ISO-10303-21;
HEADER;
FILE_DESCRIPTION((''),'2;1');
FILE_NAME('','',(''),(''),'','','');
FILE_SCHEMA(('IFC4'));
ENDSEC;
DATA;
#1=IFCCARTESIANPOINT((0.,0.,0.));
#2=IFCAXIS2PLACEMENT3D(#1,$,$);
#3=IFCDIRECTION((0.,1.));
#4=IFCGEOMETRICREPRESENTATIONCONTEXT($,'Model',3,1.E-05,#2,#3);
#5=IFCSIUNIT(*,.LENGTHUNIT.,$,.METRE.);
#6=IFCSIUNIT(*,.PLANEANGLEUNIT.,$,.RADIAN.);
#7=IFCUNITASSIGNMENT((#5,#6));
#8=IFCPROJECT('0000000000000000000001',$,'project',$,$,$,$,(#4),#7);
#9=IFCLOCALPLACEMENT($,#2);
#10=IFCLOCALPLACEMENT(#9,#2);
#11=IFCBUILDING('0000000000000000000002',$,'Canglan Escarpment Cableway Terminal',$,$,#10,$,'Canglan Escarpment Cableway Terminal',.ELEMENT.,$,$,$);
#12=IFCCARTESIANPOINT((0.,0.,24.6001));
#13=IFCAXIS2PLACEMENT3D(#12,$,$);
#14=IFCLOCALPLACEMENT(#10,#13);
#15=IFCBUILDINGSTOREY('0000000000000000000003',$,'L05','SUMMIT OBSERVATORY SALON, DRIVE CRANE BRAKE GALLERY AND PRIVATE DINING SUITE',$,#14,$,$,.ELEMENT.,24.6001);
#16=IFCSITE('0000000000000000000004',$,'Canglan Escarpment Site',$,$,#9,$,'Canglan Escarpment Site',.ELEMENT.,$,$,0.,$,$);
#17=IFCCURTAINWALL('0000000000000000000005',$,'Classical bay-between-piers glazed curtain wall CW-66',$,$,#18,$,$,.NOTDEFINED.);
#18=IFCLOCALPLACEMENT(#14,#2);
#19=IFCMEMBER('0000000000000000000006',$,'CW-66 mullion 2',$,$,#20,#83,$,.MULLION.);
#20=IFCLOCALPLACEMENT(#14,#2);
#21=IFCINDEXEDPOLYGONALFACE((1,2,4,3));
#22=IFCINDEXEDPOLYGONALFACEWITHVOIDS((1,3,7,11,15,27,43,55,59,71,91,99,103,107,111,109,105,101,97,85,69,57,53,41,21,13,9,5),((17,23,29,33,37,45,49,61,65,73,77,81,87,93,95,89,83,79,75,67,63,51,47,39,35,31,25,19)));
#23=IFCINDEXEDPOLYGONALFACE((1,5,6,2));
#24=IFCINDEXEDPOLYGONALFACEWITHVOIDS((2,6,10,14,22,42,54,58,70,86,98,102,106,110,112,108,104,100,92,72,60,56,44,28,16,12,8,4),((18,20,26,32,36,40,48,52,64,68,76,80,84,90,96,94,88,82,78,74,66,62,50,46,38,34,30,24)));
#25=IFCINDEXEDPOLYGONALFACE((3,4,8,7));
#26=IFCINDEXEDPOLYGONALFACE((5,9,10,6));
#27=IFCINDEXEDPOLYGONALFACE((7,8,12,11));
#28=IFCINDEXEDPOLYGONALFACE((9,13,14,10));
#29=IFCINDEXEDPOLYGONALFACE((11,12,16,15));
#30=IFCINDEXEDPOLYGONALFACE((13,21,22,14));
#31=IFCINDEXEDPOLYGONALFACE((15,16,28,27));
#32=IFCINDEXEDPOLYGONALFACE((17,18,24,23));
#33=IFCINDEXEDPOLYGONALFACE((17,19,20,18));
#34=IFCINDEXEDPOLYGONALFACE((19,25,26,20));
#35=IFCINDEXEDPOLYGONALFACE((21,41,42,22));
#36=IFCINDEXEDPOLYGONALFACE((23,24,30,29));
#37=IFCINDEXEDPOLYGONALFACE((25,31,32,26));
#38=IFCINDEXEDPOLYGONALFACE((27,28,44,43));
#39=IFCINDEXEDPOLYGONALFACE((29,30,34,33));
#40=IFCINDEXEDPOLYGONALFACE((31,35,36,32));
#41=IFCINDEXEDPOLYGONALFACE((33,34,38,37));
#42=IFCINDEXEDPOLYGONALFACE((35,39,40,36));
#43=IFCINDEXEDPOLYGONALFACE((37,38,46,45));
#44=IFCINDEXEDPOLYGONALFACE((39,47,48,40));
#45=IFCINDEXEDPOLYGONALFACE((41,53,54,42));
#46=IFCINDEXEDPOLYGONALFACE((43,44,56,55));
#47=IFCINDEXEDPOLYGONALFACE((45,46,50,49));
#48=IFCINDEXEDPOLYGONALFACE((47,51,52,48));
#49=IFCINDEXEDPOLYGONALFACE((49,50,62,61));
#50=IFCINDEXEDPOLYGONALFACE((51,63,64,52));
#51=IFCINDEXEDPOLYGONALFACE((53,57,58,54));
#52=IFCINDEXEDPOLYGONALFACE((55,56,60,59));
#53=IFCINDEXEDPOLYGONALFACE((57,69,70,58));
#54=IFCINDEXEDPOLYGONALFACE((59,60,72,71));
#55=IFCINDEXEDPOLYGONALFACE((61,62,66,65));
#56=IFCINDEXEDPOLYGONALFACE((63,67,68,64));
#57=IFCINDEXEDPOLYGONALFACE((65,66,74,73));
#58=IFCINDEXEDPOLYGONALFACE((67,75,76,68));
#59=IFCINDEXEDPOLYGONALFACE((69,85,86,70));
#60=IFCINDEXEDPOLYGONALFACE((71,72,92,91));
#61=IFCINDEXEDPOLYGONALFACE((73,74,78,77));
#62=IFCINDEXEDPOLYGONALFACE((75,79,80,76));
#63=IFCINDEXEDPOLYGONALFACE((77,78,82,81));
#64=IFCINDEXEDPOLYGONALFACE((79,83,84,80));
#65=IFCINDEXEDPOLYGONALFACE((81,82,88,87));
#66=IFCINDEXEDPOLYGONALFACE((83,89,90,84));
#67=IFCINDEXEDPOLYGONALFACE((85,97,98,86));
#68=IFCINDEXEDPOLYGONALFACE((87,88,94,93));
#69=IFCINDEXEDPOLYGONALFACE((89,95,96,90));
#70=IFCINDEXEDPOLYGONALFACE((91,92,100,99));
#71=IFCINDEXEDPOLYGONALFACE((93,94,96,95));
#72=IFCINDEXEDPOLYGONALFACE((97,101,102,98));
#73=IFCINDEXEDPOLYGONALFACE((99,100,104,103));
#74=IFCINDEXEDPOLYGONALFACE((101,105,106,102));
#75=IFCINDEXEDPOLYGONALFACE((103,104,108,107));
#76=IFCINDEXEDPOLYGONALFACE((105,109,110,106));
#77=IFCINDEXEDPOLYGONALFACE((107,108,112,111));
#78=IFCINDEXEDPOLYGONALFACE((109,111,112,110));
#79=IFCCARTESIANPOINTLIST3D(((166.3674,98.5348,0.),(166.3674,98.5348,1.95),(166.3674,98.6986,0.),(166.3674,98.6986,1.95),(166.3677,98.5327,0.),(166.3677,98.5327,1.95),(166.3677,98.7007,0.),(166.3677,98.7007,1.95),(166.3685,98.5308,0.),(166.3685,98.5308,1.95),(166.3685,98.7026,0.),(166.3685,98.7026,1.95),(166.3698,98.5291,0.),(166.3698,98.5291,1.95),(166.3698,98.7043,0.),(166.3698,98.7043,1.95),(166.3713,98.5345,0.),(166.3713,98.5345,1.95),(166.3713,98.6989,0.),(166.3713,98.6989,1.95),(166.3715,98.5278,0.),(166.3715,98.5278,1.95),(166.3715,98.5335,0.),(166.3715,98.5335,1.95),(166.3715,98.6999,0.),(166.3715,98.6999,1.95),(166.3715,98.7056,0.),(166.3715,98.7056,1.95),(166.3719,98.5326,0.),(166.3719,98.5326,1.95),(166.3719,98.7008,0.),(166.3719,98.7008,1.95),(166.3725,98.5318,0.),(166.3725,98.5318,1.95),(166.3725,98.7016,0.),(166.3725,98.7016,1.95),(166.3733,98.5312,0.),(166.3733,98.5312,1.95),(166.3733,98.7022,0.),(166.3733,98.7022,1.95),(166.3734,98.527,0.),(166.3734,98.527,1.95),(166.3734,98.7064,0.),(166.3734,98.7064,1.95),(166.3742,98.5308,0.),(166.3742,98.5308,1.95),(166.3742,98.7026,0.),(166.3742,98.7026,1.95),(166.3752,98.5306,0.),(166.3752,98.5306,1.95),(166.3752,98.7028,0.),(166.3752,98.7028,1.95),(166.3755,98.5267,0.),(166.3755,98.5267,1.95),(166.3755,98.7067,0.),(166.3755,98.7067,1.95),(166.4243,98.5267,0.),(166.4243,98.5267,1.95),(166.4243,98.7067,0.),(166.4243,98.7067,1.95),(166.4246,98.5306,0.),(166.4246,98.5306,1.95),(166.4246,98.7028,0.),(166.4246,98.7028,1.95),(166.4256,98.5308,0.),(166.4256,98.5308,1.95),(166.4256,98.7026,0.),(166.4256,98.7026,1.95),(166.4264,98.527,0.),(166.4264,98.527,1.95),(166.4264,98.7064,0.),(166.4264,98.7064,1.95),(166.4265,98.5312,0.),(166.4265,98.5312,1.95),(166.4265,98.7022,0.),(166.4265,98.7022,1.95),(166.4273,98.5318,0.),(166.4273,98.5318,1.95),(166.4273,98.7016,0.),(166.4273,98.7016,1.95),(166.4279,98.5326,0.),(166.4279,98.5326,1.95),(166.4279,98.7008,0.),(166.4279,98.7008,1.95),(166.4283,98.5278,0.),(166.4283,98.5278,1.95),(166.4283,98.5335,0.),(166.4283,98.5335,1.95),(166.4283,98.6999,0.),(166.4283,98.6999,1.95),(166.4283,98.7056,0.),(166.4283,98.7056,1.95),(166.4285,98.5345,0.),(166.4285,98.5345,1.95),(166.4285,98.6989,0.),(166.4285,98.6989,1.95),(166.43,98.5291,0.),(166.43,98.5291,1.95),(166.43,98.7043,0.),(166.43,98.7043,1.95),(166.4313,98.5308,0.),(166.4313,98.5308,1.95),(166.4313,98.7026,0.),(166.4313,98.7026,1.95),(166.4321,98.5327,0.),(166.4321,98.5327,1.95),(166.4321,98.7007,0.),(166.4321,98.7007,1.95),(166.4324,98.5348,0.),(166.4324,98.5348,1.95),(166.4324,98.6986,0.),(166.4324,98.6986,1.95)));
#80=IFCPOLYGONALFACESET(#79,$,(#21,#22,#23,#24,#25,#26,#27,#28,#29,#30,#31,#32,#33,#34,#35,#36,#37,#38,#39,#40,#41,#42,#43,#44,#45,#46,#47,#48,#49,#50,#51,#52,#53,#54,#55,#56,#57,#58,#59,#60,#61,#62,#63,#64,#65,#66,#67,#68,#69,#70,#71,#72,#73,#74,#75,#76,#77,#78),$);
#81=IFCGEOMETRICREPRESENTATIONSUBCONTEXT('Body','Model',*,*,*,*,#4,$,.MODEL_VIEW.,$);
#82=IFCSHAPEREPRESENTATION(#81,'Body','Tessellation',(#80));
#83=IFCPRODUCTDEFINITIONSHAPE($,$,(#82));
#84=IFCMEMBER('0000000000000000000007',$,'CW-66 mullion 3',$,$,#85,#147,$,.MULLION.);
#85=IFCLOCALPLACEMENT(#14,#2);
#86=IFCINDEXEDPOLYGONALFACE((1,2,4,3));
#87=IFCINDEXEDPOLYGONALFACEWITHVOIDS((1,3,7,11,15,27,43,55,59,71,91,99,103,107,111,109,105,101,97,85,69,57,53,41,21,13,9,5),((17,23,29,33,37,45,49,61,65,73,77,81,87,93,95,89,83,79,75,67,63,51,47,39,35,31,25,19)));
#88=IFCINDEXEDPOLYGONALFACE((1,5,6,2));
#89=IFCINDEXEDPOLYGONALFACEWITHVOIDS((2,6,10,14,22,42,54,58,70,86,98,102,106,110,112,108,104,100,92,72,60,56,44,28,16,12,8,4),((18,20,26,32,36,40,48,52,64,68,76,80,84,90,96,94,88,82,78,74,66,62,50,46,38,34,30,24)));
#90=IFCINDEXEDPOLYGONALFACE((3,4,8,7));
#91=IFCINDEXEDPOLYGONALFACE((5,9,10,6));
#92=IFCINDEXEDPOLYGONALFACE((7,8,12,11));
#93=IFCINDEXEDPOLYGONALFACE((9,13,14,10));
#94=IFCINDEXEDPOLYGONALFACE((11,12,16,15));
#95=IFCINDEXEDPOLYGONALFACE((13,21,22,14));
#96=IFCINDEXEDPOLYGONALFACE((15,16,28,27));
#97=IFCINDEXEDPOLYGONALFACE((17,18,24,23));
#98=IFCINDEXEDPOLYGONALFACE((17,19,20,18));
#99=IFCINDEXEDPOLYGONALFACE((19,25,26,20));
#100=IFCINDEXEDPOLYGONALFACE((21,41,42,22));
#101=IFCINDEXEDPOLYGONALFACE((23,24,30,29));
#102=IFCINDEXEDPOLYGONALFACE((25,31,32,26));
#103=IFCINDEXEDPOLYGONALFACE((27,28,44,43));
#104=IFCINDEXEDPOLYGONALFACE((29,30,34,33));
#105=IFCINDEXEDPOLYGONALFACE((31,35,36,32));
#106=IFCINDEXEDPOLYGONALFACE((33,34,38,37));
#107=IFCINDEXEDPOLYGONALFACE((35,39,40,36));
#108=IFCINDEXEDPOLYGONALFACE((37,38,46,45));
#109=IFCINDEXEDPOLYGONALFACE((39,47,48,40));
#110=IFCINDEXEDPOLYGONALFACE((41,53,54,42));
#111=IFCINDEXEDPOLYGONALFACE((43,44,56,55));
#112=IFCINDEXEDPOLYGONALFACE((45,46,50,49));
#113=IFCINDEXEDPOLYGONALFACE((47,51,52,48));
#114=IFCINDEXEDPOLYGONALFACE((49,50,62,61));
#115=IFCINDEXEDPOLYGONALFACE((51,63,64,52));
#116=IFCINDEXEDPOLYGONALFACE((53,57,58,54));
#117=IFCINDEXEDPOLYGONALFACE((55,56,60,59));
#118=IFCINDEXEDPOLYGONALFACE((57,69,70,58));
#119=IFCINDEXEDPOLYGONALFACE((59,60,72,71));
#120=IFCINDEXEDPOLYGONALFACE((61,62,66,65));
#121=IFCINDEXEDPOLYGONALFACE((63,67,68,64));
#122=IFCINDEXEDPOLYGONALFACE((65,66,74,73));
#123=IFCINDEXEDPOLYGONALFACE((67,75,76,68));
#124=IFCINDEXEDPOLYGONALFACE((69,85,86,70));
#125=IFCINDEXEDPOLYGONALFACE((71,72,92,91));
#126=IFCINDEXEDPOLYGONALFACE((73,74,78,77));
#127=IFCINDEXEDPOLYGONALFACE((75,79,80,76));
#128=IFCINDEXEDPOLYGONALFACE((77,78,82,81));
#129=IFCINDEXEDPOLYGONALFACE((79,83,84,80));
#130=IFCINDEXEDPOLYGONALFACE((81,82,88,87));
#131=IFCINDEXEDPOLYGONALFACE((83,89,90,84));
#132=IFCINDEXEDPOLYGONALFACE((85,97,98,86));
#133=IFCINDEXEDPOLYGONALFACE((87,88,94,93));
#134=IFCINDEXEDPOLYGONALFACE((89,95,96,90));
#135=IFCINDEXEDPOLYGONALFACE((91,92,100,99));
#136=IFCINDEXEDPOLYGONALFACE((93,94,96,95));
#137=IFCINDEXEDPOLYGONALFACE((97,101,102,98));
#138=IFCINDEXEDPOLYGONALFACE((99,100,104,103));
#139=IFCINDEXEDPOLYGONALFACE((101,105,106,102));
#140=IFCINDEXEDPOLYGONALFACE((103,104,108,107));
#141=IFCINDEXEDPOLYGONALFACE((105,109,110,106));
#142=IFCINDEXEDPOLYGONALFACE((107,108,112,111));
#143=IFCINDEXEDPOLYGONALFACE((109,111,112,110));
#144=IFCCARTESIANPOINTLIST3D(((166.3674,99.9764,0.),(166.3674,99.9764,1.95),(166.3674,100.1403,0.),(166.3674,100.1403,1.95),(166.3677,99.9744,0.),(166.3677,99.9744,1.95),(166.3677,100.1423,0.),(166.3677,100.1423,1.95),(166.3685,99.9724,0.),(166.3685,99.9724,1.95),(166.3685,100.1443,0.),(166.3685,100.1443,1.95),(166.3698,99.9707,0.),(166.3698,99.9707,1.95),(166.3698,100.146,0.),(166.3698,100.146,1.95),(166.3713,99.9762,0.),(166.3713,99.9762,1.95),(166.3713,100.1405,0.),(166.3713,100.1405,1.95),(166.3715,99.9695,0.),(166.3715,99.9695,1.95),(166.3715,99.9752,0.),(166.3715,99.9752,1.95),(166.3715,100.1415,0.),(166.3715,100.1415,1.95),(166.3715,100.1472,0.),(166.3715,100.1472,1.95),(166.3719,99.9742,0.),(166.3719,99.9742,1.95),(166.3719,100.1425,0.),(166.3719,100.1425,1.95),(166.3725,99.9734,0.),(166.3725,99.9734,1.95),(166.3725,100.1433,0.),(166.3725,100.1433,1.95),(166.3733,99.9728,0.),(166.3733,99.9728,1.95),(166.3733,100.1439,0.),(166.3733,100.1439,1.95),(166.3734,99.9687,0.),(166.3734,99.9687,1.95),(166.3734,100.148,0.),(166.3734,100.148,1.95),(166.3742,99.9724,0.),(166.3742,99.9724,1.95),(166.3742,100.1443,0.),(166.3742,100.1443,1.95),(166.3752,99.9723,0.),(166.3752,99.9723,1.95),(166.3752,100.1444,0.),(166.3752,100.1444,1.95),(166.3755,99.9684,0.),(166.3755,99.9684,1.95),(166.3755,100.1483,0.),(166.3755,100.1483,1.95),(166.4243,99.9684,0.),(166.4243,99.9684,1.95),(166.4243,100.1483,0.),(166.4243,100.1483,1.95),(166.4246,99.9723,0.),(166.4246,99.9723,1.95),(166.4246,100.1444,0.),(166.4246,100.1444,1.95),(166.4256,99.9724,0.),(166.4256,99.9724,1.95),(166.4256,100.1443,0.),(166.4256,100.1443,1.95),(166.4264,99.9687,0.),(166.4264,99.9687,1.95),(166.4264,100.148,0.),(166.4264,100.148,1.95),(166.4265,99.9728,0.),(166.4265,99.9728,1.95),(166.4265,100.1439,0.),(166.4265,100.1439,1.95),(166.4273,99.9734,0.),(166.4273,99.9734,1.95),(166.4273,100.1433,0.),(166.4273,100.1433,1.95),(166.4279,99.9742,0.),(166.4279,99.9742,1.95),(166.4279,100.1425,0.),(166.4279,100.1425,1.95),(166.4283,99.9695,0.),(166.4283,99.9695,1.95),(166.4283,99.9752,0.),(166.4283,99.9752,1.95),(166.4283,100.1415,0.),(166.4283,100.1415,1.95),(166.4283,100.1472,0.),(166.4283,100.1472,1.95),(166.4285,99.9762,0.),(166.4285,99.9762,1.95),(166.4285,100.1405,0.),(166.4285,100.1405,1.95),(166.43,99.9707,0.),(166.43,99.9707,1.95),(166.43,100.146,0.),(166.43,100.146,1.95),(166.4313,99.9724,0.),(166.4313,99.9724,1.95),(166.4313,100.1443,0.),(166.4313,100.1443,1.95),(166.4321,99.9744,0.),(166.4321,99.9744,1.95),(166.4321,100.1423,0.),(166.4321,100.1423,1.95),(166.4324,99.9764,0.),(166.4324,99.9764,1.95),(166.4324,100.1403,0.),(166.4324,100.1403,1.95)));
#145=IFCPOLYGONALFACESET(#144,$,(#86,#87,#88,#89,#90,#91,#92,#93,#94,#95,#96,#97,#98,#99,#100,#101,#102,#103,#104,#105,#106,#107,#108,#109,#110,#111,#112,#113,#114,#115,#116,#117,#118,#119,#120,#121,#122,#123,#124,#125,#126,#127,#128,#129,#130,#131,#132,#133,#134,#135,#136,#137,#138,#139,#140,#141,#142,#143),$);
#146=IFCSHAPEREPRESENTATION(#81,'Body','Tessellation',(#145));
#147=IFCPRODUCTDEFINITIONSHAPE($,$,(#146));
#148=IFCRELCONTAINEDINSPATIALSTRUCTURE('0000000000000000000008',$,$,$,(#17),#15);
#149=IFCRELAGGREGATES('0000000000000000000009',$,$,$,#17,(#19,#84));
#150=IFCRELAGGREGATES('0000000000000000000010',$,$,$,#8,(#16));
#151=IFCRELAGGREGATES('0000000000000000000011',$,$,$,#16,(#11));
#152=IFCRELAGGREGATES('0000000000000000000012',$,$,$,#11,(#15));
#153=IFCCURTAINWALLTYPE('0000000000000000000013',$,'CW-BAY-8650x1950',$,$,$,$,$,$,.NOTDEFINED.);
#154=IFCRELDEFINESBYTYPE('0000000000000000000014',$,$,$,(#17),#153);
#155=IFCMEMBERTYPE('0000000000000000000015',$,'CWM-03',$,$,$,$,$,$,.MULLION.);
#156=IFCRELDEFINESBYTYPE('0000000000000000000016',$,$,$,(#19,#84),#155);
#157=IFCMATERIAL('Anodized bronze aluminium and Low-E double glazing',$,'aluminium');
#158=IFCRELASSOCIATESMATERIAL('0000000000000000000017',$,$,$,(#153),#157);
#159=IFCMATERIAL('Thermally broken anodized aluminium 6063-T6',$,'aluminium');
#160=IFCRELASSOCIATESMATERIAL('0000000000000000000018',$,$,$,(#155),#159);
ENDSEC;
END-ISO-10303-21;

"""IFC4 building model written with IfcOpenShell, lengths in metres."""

from ifc_helpers import new_model, si_unit, direction, frame, origin, origin_2d, place, context, subcontext, project, spatial, hollow_rectangle, extrude, material, material_profile, profile_set, type_object, element, aggregate, save


model = new_model("IFC4")

# Units and contexts
model_context = context("Model", 3, precision=1e-05, world=origin(), true_north=direction((0.0, 1.0)))
body_context = subcontext(model_context, "Body", "Model", "MODEL_VIEW")
ifc_project = project(units=[si_unit("LENGTHUNIT", "METRE"), si_unit("PLANEANGLEUNIT", "RADIAN")], contexts=[model_context])

# Site, building, storey
site_placement = place(None, origin())
site = spatial("IfcSite", under=ifc_project, at=site_placement, Name="Canglan Escarpment Site", LongName="Canglan Escarpment Site", CompositionType="ELEMENT", RefElevation=0.0)
building_placement = place(site_placement, origin())
building = spatial("IfcBuilding", under=site, at=building_placement, Name="Canglan Escarpment Cableway Terminal", LongName="Canglan Escarpment Cableway Terminal", CompositionType="ELEMENT")
storey_placement = place(building_placement, frame((0.0, 0.0, 24.6001)))
storey = spatial("IfcBuildingStorey", under=building, at=storey_placement, Name="L05", Description="SUMMIT OBSERVATORY SALON, DRIVE CRANE BRAKE GALLERY AND PRIVATE DINING SUITE", CompositionType="ELEMENT", Elevation=24.6001)

# Shared definitions
ifc_material_1 = material(Name="Anodized bronze aluminium and Low-E double glazing", Category="aluminium")
curtain_wall_type = type_object("IfcCurtainWallType", Name="CW-BAY-8650x1950", PredefinedType="NOTDEFINED", material=ifc_material_1)
ifc_material_2 = material(Name="Thermally broken anodized aluminium 6063-T6", Category="aluminium")

# Curtain wall, members
curtain_wall_1_placement = place(storey_placement, origin())
curtain_wall_1 = element("IfcCurtainWall", 1, at=curtain_wall_1_placement, inside=storey, type_object=curtain_wall_type, Name="Classical bay-between-piers glazed curtain wall CW-66", PredefinedType="NOTDEFINED")
ifc_material_profile_1 = material_profile(ifc_material_2, hollow_rectangle(XDim=0.0649, YDim=0.1799, WallThickness=0.0039, InnerFilletRadius=0.0039, OuterFilletRadius=0.0081, at=origin_2d()), Name="ALU-MULL 65x180x4")
ifc_profile_set_1 = profile_set([ifc_material_profile_1], Name="Thermally broken anodized aluminium 6063-T6")
member_type_1 = type_object("IfcMemberType", Name="CWM-03", PredefinedType="MULLION", material=ifc_profile_set_1)
member_1_placement = place(storey_placement, frame((166.3999, 98.6167, 0.0), z_axis=(0.0, 0.0, 1.0), x_axis=(-1.0, 0.0, 0.0)))
member_1 = element("IfcMember", 2, at=member_1_placement, type_object=member_type_1, Name="CW-66 mullion 2", PredefinedType="MULLION", context=body_context, shape_type="SweptSolid", body=[
    extrude(hollow_rectangle(XDim=0.0649, YDim=0.1799, WallThickness=0.0039, InnerFilletRadius=0.0039, OuterFilletRadius=0.0081, at=origin_2d()), origin(), (0.0, 0.0, 1.0), 1.95),
])
member_2_placement = place(storey_placement, frame((166.3999, 100.0583, 0.0), z_axis=(0.0, 0.0, 1.0), x_axis=(-1.0, 0.0, 0.0)))
member_2 = element("IfcMember", 3, at=member_2_placement, type_object=member_type_1, Name="CW-66 mullion 3", PredefinedType="MULLION", context=body_context, shape_type="SweptSolid", body=[
    extrude(hollow_rectangle(XDim=0.0649, YDim=0.1799, WallThickness=0.0039, InnerFilletRadius=0.0039, OuterFilletRadius=0.0081, at=origin_2d()), origin(), (0.0, 0.0, 1.0), 1.95),
])

aggregate(curtain_wall_1, [member_1, member_2])

save(model, "model.ifc")
